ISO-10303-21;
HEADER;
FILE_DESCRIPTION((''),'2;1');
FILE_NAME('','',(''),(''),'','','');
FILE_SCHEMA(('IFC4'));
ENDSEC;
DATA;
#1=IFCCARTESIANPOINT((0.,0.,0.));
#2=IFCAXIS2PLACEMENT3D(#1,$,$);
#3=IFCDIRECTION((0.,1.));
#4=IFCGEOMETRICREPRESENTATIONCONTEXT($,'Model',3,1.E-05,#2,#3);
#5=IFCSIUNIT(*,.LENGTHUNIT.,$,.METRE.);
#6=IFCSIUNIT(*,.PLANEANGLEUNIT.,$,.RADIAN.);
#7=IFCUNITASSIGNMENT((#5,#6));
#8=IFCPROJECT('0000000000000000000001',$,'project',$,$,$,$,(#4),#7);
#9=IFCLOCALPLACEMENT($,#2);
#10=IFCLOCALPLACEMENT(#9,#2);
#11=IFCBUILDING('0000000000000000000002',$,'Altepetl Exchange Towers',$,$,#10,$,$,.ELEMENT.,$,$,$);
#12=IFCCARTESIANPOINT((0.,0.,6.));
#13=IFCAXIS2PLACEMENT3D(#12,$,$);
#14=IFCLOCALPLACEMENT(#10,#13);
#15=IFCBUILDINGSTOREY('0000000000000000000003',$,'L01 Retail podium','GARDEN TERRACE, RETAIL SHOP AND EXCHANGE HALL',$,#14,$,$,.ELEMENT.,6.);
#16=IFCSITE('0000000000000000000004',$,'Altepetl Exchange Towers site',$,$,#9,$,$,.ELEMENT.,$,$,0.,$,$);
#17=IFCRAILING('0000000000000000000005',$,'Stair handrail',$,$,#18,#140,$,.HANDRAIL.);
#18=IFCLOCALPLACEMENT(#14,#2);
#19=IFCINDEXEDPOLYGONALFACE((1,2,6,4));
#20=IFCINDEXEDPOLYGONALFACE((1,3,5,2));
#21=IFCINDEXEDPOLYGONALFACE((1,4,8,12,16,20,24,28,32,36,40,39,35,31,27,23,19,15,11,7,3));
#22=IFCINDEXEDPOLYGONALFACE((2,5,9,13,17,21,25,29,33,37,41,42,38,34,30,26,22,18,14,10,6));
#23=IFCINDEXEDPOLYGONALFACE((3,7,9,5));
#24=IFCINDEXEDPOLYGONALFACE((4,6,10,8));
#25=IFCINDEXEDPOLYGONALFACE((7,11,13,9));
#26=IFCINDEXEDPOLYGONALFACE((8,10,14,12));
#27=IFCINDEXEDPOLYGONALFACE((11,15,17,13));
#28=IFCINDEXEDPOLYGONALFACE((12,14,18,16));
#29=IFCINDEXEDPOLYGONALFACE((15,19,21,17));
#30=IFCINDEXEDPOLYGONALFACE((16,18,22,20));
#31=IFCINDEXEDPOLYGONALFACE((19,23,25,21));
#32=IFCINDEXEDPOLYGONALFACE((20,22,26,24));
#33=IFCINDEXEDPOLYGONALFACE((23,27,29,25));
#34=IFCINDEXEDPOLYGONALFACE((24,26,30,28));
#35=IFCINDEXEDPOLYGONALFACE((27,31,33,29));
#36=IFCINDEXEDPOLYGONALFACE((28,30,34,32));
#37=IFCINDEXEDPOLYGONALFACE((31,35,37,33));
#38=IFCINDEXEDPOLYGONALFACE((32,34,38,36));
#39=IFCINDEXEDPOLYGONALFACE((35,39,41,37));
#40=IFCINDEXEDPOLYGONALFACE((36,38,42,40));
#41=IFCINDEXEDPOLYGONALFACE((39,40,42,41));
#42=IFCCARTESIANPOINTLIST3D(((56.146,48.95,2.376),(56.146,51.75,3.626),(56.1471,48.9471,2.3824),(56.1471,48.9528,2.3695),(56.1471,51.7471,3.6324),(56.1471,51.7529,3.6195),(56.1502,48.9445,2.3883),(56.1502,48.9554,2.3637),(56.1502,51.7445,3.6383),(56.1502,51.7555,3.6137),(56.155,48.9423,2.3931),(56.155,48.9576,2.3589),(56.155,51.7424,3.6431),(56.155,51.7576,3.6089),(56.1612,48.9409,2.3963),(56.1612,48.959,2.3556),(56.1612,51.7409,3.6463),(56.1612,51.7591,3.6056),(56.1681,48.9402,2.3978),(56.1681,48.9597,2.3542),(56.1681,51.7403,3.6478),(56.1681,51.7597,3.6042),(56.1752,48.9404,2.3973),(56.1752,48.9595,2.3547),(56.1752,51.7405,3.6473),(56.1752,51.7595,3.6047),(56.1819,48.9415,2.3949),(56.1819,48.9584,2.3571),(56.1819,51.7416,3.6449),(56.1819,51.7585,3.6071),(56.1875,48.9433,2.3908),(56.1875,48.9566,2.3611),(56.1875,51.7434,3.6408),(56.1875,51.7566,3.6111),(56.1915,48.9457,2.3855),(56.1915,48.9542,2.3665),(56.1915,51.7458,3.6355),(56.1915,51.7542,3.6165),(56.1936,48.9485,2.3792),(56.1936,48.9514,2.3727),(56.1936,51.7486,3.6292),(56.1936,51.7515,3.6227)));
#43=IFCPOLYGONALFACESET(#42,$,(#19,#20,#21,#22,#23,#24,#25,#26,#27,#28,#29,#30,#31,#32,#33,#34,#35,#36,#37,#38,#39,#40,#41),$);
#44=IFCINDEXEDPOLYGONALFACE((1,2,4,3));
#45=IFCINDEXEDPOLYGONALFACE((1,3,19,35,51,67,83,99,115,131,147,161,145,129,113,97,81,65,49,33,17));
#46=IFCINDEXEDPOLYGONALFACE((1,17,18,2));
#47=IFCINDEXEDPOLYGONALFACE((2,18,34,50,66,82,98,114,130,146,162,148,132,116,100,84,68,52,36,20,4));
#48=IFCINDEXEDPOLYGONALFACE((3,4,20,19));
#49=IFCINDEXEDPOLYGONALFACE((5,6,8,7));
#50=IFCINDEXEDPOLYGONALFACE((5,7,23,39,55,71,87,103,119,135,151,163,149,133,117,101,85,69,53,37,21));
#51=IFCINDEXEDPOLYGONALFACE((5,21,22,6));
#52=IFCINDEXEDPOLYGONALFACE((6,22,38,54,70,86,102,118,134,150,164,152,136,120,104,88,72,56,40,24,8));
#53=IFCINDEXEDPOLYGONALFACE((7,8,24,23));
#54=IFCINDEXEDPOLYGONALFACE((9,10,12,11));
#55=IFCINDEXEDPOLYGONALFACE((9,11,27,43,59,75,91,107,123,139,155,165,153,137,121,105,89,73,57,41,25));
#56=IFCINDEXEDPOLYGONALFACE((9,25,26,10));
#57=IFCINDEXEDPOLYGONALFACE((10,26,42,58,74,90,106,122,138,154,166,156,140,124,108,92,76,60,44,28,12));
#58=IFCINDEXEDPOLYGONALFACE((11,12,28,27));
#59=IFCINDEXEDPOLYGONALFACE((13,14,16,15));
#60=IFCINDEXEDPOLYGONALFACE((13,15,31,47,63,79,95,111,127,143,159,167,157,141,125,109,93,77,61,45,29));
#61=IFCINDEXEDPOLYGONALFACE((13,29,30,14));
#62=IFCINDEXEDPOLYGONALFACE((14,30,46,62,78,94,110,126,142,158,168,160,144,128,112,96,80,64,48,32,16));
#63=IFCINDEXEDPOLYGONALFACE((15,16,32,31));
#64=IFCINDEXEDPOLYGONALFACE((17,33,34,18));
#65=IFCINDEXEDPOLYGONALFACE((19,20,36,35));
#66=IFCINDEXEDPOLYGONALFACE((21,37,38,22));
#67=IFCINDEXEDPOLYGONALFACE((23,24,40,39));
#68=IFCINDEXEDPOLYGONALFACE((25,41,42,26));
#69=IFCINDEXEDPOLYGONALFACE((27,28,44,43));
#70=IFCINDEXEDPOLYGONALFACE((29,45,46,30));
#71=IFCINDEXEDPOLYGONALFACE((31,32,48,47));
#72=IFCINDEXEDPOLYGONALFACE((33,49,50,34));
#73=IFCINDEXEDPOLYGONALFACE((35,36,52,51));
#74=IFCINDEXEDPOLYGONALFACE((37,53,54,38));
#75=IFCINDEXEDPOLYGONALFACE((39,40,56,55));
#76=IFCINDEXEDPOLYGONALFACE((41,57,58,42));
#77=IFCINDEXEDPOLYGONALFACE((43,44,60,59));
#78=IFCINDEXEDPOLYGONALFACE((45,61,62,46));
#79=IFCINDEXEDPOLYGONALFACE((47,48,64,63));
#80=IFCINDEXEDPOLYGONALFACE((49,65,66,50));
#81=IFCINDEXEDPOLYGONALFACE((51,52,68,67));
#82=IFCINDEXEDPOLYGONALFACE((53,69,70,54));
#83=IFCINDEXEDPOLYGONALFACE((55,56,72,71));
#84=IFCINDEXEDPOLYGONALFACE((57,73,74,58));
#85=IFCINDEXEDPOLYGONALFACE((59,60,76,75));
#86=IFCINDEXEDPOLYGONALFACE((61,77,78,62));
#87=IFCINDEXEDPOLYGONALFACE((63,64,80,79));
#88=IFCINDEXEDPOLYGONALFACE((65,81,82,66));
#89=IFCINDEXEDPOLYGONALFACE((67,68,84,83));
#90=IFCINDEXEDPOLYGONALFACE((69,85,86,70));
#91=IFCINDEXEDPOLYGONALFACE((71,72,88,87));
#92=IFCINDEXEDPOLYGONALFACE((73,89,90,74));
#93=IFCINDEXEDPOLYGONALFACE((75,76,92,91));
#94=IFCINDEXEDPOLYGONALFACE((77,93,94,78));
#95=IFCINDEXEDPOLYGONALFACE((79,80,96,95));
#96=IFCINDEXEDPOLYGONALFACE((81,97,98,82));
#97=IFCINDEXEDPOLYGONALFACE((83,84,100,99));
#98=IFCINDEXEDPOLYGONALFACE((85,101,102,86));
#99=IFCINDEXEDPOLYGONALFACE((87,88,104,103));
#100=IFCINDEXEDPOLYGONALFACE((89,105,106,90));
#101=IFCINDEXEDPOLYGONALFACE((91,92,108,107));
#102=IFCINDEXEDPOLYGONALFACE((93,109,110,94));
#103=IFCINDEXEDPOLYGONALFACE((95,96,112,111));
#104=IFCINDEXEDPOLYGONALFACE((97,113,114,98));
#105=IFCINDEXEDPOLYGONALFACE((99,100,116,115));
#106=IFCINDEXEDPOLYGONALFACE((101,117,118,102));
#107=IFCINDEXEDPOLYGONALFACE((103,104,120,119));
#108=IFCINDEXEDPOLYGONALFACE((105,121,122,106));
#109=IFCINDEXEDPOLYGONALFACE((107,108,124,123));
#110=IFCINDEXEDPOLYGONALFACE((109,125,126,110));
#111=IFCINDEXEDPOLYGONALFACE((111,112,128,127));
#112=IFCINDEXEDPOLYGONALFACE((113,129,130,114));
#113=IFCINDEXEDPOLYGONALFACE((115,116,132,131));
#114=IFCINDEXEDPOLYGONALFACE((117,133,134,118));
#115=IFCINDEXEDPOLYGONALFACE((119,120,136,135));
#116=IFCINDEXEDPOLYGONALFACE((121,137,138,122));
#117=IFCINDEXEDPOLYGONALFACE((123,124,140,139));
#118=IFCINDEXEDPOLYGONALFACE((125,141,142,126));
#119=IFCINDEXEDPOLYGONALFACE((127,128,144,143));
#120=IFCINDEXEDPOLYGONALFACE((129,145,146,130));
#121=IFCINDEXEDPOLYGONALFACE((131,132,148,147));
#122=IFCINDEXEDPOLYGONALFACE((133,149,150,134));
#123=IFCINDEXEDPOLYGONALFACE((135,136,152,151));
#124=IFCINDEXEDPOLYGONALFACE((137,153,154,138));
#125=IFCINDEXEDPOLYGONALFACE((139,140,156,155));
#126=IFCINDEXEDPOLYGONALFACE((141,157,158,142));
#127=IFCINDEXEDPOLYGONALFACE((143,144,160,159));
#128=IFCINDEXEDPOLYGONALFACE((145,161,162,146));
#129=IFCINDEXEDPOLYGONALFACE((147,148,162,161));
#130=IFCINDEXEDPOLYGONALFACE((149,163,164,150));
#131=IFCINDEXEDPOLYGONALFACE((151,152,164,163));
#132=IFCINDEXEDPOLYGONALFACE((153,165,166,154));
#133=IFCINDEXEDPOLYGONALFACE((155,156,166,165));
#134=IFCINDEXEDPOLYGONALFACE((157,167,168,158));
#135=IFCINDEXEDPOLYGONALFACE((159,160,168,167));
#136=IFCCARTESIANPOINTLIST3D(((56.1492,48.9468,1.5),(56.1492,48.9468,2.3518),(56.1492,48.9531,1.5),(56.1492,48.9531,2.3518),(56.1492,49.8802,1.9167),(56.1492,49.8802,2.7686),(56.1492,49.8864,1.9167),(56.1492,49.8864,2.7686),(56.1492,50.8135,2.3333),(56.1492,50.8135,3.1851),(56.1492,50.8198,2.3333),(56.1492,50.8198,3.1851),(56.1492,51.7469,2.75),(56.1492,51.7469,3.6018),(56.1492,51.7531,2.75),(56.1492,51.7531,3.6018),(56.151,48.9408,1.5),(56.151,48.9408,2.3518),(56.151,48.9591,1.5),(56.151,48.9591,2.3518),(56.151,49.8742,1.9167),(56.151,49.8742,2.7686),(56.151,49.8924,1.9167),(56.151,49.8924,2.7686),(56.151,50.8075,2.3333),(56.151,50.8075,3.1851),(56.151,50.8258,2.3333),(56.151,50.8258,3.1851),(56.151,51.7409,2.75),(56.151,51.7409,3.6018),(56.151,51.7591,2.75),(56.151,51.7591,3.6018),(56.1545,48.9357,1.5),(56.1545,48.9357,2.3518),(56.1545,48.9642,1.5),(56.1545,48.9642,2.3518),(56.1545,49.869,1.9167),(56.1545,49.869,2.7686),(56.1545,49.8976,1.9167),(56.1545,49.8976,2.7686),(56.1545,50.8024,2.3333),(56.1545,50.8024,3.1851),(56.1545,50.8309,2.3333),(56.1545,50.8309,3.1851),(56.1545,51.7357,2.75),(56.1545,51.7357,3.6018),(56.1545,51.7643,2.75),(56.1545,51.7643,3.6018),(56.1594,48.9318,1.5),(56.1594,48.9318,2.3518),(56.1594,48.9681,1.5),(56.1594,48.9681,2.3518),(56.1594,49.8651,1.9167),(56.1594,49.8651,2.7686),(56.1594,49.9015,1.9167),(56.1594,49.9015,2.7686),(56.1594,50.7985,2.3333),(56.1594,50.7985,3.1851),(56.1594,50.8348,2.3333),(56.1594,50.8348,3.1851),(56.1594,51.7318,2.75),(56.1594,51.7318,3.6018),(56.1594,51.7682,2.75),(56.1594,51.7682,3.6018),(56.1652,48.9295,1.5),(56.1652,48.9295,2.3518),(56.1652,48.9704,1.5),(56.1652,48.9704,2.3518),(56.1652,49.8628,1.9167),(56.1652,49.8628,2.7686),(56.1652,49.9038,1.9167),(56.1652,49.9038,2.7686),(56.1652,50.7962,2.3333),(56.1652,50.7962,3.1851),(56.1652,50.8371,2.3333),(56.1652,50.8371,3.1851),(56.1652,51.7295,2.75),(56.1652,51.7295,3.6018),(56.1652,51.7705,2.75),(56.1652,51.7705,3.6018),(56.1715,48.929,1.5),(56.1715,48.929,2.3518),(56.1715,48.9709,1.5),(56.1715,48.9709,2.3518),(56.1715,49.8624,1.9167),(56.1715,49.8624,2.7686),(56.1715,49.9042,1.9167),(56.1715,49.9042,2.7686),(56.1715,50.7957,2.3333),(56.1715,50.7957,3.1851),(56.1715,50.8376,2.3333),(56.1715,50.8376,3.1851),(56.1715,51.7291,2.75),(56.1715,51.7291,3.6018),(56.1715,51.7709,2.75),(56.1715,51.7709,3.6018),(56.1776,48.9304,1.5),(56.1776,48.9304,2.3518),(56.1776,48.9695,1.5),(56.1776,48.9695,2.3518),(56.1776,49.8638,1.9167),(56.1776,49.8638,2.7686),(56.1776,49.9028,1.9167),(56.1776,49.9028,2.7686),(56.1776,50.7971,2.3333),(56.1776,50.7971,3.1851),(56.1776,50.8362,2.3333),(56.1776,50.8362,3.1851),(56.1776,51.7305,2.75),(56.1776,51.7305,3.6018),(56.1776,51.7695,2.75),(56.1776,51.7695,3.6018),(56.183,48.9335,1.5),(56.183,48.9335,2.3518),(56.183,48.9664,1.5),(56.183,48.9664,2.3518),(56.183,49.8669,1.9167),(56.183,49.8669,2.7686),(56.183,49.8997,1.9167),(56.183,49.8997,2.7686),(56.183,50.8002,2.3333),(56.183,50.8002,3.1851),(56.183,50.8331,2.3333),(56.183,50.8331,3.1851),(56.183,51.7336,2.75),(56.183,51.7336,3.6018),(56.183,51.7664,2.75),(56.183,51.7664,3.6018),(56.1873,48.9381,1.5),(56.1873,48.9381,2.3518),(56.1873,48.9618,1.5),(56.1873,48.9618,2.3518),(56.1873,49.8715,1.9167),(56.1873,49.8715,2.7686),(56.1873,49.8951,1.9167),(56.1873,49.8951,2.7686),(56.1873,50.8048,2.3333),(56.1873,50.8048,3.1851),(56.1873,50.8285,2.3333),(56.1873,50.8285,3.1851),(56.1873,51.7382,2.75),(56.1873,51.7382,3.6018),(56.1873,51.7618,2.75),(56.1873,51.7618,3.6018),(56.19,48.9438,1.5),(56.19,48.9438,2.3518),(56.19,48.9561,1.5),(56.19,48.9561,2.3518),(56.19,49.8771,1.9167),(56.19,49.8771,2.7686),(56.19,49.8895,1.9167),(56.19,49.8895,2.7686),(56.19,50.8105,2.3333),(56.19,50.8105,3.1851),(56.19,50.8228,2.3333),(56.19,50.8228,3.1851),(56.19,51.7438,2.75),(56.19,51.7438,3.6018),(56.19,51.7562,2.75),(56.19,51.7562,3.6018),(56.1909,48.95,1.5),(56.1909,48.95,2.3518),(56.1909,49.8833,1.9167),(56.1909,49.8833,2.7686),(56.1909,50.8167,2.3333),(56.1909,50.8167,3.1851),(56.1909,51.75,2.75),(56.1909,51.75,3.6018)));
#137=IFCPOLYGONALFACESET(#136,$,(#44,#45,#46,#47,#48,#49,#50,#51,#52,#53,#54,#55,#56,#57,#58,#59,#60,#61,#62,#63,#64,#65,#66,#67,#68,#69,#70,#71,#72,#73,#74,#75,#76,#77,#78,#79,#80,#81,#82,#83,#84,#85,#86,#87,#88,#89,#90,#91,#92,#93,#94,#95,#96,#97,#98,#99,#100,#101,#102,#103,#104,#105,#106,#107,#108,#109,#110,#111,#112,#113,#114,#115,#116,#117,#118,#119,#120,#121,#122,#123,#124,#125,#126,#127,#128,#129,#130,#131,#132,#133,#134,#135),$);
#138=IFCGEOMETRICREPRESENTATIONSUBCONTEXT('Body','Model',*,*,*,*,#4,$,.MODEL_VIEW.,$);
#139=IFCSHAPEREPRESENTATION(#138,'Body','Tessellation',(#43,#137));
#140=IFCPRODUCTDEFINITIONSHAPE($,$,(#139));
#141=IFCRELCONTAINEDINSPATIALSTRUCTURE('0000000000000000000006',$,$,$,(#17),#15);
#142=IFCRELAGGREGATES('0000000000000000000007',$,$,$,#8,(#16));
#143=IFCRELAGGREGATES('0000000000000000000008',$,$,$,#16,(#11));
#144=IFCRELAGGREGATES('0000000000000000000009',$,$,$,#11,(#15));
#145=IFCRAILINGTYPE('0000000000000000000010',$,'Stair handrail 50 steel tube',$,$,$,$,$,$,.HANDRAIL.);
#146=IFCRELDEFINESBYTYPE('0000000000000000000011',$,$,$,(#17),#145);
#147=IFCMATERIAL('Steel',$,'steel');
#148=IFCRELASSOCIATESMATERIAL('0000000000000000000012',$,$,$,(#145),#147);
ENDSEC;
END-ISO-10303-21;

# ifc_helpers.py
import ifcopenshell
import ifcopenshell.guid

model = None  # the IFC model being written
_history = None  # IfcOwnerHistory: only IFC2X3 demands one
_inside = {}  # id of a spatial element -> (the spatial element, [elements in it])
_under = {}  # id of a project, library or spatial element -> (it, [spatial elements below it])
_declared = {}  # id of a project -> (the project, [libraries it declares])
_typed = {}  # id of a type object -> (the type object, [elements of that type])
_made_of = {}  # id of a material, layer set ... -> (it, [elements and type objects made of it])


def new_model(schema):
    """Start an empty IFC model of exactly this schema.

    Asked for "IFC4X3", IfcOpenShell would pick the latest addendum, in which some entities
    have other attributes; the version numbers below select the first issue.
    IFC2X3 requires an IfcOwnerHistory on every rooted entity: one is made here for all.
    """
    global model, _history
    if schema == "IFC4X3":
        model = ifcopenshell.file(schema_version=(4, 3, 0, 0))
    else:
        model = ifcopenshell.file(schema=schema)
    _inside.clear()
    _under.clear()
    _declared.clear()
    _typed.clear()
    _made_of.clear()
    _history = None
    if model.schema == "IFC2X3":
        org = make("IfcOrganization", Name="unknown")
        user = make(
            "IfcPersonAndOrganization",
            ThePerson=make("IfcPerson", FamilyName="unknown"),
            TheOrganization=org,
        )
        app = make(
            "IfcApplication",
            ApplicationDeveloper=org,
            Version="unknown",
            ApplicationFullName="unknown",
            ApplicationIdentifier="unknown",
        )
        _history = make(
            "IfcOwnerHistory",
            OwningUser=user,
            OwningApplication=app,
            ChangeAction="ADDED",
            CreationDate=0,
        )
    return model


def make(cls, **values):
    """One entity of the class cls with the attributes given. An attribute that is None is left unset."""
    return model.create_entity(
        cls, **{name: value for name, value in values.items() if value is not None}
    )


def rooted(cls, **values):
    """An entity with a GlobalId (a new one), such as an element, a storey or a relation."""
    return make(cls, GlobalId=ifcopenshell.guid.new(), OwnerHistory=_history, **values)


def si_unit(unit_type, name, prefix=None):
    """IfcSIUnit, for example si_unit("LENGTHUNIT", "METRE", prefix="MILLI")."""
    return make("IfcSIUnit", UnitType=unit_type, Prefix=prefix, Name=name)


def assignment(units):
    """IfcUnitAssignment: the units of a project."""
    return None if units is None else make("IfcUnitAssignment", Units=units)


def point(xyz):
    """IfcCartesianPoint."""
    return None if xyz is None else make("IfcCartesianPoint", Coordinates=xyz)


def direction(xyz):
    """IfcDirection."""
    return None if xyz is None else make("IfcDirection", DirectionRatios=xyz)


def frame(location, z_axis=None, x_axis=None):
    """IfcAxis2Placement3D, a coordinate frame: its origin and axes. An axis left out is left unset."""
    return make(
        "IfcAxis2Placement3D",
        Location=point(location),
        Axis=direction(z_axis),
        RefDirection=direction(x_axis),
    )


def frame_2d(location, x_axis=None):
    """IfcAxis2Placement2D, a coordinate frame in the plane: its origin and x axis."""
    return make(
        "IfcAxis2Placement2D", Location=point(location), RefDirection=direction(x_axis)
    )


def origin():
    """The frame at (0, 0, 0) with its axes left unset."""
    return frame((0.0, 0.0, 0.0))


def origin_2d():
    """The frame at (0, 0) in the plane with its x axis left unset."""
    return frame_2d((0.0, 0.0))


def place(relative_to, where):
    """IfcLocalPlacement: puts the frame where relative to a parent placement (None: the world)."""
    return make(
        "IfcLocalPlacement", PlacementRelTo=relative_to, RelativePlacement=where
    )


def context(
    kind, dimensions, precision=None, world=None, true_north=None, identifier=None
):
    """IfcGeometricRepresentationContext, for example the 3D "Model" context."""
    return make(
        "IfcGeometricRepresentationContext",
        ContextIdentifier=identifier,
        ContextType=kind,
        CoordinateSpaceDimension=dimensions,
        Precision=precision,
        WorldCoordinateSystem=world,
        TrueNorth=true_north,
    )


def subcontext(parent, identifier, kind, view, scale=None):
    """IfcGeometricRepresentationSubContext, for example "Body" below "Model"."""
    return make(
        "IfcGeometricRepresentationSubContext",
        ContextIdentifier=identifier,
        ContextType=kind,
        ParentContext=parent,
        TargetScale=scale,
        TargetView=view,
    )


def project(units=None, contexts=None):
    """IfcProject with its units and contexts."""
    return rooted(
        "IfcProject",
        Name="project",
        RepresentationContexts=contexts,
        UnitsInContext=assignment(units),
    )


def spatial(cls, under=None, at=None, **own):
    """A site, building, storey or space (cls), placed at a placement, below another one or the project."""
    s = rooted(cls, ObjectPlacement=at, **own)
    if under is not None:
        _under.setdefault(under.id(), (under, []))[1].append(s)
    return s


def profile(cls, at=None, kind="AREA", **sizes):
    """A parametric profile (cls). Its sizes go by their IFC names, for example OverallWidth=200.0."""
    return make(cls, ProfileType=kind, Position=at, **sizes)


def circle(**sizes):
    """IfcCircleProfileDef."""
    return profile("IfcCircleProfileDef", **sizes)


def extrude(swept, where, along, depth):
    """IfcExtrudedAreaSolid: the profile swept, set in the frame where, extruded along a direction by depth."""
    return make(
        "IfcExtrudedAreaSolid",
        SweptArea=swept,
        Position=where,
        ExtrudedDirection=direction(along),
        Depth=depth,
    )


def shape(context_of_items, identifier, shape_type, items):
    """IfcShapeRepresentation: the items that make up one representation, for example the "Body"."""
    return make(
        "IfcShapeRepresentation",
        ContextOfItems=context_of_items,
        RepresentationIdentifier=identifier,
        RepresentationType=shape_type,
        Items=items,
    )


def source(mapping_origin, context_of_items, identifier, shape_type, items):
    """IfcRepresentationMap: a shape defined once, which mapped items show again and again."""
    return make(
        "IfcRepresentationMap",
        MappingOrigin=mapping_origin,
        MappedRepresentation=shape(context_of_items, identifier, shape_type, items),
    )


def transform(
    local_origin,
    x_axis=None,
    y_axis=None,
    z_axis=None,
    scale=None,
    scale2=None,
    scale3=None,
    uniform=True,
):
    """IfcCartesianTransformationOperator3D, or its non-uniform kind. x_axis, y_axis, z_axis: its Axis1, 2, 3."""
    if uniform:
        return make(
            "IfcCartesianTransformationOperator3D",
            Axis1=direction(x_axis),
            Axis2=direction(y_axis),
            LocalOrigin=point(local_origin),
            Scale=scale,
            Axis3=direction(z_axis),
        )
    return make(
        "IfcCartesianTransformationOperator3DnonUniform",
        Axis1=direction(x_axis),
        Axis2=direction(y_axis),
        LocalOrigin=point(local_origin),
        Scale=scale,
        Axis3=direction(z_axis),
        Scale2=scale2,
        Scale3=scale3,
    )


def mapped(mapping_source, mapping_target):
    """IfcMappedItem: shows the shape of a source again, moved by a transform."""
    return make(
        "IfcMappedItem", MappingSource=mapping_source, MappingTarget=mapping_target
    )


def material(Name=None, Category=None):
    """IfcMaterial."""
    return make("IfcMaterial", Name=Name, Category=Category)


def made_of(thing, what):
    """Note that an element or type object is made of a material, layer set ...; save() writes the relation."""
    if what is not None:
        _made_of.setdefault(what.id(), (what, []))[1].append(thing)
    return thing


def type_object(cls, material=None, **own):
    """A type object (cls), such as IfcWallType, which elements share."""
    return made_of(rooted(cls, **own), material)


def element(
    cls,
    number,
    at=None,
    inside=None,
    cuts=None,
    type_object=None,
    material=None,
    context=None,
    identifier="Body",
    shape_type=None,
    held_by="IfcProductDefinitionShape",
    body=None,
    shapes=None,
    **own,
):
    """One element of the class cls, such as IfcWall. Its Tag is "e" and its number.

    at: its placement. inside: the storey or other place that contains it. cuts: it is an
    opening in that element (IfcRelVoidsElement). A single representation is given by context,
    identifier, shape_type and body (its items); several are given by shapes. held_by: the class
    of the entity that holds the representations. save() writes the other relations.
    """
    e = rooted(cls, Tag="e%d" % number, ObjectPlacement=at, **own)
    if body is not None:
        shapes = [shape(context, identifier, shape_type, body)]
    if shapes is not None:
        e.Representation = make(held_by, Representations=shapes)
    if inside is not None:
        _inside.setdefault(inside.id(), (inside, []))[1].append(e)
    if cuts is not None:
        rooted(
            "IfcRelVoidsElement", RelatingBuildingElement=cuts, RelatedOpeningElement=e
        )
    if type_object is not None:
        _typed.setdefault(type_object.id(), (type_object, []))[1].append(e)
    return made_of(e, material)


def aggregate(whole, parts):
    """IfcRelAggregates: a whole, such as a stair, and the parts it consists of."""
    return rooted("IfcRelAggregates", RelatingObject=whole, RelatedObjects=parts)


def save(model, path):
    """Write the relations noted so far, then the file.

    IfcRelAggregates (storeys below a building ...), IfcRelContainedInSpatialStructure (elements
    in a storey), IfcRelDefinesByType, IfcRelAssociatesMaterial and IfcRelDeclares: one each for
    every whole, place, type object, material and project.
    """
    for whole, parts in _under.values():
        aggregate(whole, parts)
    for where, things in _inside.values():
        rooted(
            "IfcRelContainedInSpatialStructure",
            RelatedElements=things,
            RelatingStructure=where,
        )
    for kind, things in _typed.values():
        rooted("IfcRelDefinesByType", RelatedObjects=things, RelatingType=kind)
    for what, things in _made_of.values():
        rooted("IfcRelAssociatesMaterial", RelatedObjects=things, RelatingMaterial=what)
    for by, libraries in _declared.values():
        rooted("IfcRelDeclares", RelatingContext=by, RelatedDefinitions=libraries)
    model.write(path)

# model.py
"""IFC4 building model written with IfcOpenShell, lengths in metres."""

from ifc_helpers import new_model, si_unit, direction, frame, origin, origin_2d, place, context, subcontext, project, spatial, circle, extrude, source, transform, mapped, material, type_object, element, save


model = new_model("IFC4")

# Units and contexts
model_context = context("Model", 3, precision=1e-05, world=origin(), true_north=direction((0.0, 1.0)))
body_context = subcontext(model_context, "Body", "Model", "MODEL_VIEW")
ifc_project = project(units=[si_unit("LENGTHUNIT", "METRE"), si_unit("PLANEANGLEUNIT", "RADIAN")], contexts=[model_context])

# Site, building, storey
site_placement = place(None, origin())
site = spatial("IfcSite", under=ifc_project, at=site_placement, Name="Altepetl Exchange Towers site", CompositionType="ELEMENT", RefElevation=0.0)
building_placement = place(site_placement, origin())
building = spatial("IfcBuilding", under=site, at=building_placement, Name="Altepetl Exchange Towers", CompositionType="ELEMENT")
storey_placement = place(building_placement, frame((0.0, 0.0, 6.0)))
storey = spatial("IfcBuildingStorey", under=building, at=storey_placement, Name="L01 Retail podium", Description="GARDEN TERRACE, RETAIL SHOP AND EXCHANGE HALL", CompositionType="ELEMENT", Elevation=6.0)

# Railing
ifc_material_1 = material(Name="Steel", Category="steel")
railing_type = type_object("IfcRailingType", Name="Stair handrail 50 steel tube", PredefinedType="HANDRAIL", material=ifc_material_1)
shared_shape = source(origin(), body_context, "Body", "SweptSolid", [
    extrude(circle(Radius=0.021, at=origin_2d()), origin(), (0.0, 0.0, 1.0), 0.8518),
])
railing_1_placement = place(storey_placement, frame((56.1699, 48.95, 1.5)))
element("IfcRailing", 1, at=railing_1_placement, inside=storey, type_object=railing_type, Name="Stair handrail", PredefinedType="HANDRAIL", context=body_context, shape_type="SweptSolid", body=[
    extrude(circle(Radius=0.0239, at=origin_2d()), frame((0.0, 0.0, 0.876), z_axis=(0.0, 0.913141, 0.407645), x_axis=(-1.0, 0.0, 0.0)), (0.0, 0.0, 1.0), 3.0664),
    mapped(shared_shape, transform((0.0, 0.0, 0.0))),
    mapped(shared_shape, transform((0.0, 0.9333, 0.4167))),
    mapped(shared_shape, transform((0.0, 1.8667, 0.8333))),
    mapped(shared_shape, transform((0.0, 2.8, 1.25))),
])

save(model, "model.ifc")
